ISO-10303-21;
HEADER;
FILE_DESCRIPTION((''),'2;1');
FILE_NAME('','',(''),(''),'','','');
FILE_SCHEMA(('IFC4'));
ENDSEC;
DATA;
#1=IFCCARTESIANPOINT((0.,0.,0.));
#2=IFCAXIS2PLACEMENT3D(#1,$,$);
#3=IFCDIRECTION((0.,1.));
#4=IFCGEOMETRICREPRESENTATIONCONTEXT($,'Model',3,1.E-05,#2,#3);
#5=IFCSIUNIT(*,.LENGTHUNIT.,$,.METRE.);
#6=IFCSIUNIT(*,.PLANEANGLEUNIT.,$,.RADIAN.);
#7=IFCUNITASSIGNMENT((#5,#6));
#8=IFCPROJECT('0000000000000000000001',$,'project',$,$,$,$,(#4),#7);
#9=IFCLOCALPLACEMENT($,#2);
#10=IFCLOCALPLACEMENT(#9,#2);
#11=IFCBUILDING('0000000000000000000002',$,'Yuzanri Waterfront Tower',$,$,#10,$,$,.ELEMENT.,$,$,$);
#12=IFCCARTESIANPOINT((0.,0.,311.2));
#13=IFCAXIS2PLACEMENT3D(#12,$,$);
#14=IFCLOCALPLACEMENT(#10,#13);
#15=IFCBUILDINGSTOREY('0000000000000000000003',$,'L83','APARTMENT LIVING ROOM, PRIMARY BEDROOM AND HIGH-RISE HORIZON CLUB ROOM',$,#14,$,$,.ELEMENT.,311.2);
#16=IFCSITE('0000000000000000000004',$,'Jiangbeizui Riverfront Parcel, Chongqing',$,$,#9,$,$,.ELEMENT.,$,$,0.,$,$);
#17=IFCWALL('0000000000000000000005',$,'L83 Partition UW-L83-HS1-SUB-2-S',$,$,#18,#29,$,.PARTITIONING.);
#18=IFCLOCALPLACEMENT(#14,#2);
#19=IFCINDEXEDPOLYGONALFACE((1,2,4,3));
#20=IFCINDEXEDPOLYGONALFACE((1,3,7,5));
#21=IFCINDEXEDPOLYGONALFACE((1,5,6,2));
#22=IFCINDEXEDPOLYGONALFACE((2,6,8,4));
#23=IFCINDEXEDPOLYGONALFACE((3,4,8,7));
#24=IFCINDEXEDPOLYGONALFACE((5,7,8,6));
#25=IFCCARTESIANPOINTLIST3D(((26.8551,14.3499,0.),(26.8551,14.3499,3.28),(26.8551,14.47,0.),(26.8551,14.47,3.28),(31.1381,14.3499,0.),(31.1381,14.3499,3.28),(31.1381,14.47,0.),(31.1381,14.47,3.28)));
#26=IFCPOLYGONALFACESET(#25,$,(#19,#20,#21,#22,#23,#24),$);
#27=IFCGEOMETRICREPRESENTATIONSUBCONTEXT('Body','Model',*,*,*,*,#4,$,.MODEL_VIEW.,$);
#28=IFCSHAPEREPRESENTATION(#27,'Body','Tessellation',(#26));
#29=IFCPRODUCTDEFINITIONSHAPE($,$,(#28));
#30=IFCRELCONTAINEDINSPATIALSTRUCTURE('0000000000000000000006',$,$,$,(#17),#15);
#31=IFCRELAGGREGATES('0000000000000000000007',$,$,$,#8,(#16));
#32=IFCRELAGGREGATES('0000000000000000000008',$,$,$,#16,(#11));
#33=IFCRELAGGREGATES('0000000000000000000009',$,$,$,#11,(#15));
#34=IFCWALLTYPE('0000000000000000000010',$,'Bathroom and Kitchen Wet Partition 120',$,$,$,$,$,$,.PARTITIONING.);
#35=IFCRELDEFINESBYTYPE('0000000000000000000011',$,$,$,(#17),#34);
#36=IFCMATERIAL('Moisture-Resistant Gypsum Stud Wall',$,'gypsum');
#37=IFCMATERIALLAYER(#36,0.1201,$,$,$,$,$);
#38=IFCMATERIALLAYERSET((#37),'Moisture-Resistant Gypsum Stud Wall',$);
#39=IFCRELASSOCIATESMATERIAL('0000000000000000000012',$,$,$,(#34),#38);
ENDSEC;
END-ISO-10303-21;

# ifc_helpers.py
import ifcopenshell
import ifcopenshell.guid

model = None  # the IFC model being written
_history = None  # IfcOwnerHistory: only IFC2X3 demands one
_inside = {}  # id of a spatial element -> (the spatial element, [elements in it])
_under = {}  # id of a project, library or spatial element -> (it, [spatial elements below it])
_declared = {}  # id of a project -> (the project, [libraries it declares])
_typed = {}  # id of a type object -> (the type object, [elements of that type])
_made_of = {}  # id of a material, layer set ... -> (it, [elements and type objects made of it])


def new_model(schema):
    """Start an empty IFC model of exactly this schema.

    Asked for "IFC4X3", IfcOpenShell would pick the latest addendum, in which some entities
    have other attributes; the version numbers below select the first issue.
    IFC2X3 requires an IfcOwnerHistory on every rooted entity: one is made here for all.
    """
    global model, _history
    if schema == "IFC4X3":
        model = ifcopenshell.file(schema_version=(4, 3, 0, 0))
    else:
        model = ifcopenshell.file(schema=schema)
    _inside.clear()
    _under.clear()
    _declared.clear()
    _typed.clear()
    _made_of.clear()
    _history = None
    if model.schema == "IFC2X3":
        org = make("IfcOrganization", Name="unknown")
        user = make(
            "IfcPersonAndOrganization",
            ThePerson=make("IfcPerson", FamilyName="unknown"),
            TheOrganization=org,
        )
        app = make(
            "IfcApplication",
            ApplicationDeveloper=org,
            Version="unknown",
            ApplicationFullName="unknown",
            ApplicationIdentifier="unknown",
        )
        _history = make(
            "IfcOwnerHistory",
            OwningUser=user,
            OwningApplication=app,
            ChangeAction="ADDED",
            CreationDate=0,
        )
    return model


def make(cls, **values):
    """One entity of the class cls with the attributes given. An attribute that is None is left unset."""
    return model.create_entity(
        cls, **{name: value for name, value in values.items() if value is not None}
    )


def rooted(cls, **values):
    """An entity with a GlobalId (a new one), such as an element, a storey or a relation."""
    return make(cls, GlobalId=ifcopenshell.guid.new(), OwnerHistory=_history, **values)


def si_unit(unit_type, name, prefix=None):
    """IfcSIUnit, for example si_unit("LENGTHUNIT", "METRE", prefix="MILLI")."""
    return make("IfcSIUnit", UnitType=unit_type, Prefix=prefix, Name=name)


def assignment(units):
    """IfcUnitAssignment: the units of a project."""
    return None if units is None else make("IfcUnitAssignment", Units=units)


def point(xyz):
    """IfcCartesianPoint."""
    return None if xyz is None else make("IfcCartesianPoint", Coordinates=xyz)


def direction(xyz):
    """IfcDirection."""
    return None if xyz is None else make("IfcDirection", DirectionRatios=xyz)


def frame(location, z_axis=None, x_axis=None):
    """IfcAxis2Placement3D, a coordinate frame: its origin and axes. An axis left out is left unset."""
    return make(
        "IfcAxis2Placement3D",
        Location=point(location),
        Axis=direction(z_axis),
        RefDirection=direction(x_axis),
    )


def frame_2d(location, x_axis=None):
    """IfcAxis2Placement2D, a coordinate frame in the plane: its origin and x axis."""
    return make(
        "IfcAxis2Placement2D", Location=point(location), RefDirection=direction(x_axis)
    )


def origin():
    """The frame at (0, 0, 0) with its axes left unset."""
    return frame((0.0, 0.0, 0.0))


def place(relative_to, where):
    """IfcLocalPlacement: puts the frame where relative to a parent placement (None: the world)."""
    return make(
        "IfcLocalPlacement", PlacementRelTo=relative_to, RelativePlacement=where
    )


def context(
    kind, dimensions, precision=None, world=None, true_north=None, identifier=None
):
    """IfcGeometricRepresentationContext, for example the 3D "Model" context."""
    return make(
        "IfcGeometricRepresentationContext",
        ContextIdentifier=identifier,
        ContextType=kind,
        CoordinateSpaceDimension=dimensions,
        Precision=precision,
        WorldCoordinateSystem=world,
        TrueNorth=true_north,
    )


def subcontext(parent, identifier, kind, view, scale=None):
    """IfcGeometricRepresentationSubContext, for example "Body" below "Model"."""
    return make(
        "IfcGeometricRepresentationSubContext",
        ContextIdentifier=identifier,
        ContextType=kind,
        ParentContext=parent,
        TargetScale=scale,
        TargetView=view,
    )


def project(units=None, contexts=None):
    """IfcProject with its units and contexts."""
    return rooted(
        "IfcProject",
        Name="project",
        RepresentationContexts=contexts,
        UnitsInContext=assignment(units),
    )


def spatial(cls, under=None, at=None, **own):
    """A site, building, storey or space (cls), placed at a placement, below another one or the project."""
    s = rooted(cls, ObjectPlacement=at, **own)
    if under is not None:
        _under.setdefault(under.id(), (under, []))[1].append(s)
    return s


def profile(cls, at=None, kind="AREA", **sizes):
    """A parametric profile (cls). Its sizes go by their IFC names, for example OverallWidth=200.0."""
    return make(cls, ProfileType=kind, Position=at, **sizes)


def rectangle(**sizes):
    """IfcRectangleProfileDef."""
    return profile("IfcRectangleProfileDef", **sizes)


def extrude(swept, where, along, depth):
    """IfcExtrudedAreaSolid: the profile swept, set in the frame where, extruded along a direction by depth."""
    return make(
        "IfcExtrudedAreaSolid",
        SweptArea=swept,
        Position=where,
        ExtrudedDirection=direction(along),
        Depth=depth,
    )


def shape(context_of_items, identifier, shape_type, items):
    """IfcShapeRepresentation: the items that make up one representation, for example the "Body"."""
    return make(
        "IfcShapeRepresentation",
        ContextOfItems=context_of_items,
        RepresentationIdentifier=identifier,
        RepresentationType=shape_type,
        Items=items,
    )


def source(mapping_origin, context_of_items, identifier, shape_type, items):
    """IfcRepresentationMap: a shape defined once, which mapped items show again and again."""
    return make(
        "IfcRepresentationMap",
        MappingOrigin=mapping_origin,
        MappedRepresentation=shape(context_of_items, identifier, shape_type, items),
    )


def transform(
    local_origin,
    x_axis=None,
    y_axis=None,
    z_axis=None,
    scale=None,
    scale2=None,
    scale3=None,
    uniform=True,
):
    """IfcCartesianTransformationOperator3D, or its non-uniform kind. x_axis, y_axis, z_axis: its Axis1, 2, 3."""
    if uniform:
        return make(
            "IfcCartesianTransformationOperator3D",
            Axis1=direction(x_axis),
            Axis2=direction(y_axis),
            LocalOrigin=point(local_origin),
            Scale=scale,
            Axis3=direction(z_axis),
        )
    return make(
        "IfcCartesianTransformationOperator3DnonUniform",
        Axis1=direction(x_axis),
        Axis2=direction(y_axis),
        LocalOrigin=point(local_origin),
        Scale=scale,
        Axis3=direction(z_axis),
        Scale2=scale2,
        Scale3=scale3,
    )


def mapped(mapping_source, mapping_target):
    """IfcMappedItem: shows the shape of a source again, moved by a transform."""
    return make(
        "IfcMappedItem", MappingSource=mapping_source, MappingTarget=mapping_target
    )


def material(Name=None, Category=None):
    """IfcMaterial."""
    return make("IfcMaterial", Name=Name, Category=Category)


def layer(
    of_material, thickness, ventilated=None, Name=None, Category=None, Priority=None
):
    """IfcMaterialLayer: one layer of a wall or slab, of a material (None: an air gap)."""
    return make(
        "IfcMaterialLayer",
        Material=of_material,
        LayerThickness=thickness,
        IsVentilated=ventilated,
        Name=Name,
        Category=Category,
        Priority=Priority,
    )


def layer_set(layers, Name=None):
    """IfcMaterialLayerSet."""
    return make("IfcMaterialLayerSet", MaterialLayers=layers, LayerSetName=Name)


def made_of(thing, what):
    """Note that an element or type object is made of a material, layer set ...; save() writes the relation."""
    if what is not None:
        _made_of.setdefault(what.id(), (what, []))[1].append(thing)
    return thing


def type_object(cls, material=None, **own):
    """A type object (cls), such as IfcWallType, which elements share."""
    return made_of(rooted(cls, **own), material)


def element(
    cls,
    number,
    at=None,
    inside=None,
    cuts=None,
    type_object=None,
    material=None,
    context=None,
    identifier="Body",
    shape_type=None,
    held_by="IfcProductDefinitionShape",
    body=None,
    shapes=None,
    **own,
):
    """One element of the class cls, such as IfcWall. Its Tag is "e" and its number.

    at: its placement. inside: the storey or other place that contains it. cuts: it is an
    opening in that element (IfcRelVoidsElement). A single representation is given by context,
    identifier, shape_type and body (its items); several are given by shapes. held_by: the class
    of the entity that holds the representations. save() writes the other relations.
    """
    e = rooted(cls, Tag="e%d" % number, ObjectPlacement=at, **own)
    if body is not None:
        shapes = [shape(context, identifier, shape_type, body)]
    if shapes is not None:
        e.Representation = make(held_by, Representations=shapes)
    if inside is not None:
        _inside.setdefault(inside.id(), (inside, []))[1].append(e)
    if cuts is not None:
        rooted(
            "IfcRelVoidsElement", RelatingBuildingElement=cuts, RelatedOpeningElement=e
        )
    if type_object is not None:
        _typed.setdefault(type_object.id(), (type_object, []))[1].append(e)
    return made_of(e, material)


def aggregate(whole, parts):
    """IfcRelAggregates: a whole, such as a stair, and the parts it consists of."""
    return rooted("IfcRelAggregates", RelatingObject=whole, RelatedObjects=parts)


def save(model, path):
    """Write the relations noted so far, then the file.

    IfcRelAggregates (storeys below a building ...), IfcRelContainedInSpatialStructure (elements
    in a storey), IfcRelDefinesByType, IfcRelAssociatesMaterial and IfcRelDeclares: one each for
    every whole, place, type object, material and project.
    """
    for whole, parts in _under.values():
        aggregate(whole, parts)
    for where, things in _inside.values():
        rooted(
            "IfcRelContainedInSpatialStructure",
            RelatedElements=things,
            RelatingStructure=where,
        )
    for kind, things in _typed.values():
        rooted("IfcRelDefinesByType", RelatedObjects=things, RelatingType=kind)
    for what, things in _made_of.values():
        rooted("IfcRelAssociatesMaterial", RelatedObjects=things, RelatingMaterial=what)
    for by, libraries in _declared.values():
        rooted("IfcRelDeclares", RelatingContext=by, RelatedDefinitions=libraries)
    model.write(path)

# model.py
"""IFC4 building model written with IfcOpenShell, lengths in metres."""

from ifc_helpers import new_model, si_unit, direction, frame, frame_2d, origin, place, context, subcontext, project, spatial, rectangle, extrude, source, transform, mapped, material, layer, layer_set, type_object, element, save


model = new_model("IFC4")

# Units and contexts
model_context = context("Model", 3, precision=1e-05, world=origin(), true_north=direction((0.0, 1.0)))
body_context = subcontext(model_context, "Body", "Model", "MODEL_VIEW")
ifc_project = project(units=[si_unit("LENGTHUNIT", "METRE"), si_unit("PLANEANGLEUNIT", "RADIAN")], contexts=[model_context])

# Site, building, storey
site_placement = place(None, origin())
site = spatial("IfcSite", under=ifc_project, at=site_placement, Name="Jiangbeizui Riverfront Parcel, Chongqing", CompositionType="ELEMENT", RefElevation=0.0)
building_placement = place(site_placement, origin())
building = spatial("IfcBuilding", under=site, at=building_placement, Name="Yuzanri Waterfront Tower", CompositionType="ELEMENT")
storey_placement = place(building_placement, frame((0.0, 0.0, 311.2)))
storey = spatial("IfcBuildingStorey", under=building, at=storey_placement, Name="L83", Description="APARTMENT LIVING ROOM, PRIMARY BEDROOM AND HIGH-RISE HORIZON CLUB ROOM", CompositionType="ELEMENT", Elevation=311.2)

# Shared definitions
ifc_material_1 = material(Name="Moisture-Resistant Gypsum Stud Wall", Category="gypsum")
ifc_layer_1 = layer(ifc_material_1, 0.1201)
ifc_layer_set_1 = layer_set([ifc_layer_1], Name="Moisture-Resistant Gypsum Stud Wall")
wall_type_1 = type_object("IfcWallType", Name="Bathroom and Kitchen Wet Partition 120", PredefinedType="PARTITIONING", material=ifc_layer_set_1)

# Wall
shared_shape_1 = source(origin(), body_context, "Body", "SweptSolid", [
    extrude(rectangle(XDim=4.283, YDim=0.1201, at=frame_2d((2.1416, 0.0))), origin(), (0.0, 0.0, 1.0), 3.28),
])
wall_1_placement = place(storey_placement, frame((26.855, 14.4099, 0.0), z_axis=(0.0, 0.0, 1.0), x_axis=(1.0, 0.0, 0.0)))
element("IfcWall", 1, at=wall_1_placement, inside=storey, type_object=wall_type_1, Name="L83 Partition UW-L83-HS1-SUB-2-S", PredefinedType="PARTITIONING", context=body_context, shape_type="MappedRepresentation", body=[
    mapped(shared_shape_1, transform((0.0, 0.0, 0.0), scale=1.0)),
])

save(model, "model.ifc")
